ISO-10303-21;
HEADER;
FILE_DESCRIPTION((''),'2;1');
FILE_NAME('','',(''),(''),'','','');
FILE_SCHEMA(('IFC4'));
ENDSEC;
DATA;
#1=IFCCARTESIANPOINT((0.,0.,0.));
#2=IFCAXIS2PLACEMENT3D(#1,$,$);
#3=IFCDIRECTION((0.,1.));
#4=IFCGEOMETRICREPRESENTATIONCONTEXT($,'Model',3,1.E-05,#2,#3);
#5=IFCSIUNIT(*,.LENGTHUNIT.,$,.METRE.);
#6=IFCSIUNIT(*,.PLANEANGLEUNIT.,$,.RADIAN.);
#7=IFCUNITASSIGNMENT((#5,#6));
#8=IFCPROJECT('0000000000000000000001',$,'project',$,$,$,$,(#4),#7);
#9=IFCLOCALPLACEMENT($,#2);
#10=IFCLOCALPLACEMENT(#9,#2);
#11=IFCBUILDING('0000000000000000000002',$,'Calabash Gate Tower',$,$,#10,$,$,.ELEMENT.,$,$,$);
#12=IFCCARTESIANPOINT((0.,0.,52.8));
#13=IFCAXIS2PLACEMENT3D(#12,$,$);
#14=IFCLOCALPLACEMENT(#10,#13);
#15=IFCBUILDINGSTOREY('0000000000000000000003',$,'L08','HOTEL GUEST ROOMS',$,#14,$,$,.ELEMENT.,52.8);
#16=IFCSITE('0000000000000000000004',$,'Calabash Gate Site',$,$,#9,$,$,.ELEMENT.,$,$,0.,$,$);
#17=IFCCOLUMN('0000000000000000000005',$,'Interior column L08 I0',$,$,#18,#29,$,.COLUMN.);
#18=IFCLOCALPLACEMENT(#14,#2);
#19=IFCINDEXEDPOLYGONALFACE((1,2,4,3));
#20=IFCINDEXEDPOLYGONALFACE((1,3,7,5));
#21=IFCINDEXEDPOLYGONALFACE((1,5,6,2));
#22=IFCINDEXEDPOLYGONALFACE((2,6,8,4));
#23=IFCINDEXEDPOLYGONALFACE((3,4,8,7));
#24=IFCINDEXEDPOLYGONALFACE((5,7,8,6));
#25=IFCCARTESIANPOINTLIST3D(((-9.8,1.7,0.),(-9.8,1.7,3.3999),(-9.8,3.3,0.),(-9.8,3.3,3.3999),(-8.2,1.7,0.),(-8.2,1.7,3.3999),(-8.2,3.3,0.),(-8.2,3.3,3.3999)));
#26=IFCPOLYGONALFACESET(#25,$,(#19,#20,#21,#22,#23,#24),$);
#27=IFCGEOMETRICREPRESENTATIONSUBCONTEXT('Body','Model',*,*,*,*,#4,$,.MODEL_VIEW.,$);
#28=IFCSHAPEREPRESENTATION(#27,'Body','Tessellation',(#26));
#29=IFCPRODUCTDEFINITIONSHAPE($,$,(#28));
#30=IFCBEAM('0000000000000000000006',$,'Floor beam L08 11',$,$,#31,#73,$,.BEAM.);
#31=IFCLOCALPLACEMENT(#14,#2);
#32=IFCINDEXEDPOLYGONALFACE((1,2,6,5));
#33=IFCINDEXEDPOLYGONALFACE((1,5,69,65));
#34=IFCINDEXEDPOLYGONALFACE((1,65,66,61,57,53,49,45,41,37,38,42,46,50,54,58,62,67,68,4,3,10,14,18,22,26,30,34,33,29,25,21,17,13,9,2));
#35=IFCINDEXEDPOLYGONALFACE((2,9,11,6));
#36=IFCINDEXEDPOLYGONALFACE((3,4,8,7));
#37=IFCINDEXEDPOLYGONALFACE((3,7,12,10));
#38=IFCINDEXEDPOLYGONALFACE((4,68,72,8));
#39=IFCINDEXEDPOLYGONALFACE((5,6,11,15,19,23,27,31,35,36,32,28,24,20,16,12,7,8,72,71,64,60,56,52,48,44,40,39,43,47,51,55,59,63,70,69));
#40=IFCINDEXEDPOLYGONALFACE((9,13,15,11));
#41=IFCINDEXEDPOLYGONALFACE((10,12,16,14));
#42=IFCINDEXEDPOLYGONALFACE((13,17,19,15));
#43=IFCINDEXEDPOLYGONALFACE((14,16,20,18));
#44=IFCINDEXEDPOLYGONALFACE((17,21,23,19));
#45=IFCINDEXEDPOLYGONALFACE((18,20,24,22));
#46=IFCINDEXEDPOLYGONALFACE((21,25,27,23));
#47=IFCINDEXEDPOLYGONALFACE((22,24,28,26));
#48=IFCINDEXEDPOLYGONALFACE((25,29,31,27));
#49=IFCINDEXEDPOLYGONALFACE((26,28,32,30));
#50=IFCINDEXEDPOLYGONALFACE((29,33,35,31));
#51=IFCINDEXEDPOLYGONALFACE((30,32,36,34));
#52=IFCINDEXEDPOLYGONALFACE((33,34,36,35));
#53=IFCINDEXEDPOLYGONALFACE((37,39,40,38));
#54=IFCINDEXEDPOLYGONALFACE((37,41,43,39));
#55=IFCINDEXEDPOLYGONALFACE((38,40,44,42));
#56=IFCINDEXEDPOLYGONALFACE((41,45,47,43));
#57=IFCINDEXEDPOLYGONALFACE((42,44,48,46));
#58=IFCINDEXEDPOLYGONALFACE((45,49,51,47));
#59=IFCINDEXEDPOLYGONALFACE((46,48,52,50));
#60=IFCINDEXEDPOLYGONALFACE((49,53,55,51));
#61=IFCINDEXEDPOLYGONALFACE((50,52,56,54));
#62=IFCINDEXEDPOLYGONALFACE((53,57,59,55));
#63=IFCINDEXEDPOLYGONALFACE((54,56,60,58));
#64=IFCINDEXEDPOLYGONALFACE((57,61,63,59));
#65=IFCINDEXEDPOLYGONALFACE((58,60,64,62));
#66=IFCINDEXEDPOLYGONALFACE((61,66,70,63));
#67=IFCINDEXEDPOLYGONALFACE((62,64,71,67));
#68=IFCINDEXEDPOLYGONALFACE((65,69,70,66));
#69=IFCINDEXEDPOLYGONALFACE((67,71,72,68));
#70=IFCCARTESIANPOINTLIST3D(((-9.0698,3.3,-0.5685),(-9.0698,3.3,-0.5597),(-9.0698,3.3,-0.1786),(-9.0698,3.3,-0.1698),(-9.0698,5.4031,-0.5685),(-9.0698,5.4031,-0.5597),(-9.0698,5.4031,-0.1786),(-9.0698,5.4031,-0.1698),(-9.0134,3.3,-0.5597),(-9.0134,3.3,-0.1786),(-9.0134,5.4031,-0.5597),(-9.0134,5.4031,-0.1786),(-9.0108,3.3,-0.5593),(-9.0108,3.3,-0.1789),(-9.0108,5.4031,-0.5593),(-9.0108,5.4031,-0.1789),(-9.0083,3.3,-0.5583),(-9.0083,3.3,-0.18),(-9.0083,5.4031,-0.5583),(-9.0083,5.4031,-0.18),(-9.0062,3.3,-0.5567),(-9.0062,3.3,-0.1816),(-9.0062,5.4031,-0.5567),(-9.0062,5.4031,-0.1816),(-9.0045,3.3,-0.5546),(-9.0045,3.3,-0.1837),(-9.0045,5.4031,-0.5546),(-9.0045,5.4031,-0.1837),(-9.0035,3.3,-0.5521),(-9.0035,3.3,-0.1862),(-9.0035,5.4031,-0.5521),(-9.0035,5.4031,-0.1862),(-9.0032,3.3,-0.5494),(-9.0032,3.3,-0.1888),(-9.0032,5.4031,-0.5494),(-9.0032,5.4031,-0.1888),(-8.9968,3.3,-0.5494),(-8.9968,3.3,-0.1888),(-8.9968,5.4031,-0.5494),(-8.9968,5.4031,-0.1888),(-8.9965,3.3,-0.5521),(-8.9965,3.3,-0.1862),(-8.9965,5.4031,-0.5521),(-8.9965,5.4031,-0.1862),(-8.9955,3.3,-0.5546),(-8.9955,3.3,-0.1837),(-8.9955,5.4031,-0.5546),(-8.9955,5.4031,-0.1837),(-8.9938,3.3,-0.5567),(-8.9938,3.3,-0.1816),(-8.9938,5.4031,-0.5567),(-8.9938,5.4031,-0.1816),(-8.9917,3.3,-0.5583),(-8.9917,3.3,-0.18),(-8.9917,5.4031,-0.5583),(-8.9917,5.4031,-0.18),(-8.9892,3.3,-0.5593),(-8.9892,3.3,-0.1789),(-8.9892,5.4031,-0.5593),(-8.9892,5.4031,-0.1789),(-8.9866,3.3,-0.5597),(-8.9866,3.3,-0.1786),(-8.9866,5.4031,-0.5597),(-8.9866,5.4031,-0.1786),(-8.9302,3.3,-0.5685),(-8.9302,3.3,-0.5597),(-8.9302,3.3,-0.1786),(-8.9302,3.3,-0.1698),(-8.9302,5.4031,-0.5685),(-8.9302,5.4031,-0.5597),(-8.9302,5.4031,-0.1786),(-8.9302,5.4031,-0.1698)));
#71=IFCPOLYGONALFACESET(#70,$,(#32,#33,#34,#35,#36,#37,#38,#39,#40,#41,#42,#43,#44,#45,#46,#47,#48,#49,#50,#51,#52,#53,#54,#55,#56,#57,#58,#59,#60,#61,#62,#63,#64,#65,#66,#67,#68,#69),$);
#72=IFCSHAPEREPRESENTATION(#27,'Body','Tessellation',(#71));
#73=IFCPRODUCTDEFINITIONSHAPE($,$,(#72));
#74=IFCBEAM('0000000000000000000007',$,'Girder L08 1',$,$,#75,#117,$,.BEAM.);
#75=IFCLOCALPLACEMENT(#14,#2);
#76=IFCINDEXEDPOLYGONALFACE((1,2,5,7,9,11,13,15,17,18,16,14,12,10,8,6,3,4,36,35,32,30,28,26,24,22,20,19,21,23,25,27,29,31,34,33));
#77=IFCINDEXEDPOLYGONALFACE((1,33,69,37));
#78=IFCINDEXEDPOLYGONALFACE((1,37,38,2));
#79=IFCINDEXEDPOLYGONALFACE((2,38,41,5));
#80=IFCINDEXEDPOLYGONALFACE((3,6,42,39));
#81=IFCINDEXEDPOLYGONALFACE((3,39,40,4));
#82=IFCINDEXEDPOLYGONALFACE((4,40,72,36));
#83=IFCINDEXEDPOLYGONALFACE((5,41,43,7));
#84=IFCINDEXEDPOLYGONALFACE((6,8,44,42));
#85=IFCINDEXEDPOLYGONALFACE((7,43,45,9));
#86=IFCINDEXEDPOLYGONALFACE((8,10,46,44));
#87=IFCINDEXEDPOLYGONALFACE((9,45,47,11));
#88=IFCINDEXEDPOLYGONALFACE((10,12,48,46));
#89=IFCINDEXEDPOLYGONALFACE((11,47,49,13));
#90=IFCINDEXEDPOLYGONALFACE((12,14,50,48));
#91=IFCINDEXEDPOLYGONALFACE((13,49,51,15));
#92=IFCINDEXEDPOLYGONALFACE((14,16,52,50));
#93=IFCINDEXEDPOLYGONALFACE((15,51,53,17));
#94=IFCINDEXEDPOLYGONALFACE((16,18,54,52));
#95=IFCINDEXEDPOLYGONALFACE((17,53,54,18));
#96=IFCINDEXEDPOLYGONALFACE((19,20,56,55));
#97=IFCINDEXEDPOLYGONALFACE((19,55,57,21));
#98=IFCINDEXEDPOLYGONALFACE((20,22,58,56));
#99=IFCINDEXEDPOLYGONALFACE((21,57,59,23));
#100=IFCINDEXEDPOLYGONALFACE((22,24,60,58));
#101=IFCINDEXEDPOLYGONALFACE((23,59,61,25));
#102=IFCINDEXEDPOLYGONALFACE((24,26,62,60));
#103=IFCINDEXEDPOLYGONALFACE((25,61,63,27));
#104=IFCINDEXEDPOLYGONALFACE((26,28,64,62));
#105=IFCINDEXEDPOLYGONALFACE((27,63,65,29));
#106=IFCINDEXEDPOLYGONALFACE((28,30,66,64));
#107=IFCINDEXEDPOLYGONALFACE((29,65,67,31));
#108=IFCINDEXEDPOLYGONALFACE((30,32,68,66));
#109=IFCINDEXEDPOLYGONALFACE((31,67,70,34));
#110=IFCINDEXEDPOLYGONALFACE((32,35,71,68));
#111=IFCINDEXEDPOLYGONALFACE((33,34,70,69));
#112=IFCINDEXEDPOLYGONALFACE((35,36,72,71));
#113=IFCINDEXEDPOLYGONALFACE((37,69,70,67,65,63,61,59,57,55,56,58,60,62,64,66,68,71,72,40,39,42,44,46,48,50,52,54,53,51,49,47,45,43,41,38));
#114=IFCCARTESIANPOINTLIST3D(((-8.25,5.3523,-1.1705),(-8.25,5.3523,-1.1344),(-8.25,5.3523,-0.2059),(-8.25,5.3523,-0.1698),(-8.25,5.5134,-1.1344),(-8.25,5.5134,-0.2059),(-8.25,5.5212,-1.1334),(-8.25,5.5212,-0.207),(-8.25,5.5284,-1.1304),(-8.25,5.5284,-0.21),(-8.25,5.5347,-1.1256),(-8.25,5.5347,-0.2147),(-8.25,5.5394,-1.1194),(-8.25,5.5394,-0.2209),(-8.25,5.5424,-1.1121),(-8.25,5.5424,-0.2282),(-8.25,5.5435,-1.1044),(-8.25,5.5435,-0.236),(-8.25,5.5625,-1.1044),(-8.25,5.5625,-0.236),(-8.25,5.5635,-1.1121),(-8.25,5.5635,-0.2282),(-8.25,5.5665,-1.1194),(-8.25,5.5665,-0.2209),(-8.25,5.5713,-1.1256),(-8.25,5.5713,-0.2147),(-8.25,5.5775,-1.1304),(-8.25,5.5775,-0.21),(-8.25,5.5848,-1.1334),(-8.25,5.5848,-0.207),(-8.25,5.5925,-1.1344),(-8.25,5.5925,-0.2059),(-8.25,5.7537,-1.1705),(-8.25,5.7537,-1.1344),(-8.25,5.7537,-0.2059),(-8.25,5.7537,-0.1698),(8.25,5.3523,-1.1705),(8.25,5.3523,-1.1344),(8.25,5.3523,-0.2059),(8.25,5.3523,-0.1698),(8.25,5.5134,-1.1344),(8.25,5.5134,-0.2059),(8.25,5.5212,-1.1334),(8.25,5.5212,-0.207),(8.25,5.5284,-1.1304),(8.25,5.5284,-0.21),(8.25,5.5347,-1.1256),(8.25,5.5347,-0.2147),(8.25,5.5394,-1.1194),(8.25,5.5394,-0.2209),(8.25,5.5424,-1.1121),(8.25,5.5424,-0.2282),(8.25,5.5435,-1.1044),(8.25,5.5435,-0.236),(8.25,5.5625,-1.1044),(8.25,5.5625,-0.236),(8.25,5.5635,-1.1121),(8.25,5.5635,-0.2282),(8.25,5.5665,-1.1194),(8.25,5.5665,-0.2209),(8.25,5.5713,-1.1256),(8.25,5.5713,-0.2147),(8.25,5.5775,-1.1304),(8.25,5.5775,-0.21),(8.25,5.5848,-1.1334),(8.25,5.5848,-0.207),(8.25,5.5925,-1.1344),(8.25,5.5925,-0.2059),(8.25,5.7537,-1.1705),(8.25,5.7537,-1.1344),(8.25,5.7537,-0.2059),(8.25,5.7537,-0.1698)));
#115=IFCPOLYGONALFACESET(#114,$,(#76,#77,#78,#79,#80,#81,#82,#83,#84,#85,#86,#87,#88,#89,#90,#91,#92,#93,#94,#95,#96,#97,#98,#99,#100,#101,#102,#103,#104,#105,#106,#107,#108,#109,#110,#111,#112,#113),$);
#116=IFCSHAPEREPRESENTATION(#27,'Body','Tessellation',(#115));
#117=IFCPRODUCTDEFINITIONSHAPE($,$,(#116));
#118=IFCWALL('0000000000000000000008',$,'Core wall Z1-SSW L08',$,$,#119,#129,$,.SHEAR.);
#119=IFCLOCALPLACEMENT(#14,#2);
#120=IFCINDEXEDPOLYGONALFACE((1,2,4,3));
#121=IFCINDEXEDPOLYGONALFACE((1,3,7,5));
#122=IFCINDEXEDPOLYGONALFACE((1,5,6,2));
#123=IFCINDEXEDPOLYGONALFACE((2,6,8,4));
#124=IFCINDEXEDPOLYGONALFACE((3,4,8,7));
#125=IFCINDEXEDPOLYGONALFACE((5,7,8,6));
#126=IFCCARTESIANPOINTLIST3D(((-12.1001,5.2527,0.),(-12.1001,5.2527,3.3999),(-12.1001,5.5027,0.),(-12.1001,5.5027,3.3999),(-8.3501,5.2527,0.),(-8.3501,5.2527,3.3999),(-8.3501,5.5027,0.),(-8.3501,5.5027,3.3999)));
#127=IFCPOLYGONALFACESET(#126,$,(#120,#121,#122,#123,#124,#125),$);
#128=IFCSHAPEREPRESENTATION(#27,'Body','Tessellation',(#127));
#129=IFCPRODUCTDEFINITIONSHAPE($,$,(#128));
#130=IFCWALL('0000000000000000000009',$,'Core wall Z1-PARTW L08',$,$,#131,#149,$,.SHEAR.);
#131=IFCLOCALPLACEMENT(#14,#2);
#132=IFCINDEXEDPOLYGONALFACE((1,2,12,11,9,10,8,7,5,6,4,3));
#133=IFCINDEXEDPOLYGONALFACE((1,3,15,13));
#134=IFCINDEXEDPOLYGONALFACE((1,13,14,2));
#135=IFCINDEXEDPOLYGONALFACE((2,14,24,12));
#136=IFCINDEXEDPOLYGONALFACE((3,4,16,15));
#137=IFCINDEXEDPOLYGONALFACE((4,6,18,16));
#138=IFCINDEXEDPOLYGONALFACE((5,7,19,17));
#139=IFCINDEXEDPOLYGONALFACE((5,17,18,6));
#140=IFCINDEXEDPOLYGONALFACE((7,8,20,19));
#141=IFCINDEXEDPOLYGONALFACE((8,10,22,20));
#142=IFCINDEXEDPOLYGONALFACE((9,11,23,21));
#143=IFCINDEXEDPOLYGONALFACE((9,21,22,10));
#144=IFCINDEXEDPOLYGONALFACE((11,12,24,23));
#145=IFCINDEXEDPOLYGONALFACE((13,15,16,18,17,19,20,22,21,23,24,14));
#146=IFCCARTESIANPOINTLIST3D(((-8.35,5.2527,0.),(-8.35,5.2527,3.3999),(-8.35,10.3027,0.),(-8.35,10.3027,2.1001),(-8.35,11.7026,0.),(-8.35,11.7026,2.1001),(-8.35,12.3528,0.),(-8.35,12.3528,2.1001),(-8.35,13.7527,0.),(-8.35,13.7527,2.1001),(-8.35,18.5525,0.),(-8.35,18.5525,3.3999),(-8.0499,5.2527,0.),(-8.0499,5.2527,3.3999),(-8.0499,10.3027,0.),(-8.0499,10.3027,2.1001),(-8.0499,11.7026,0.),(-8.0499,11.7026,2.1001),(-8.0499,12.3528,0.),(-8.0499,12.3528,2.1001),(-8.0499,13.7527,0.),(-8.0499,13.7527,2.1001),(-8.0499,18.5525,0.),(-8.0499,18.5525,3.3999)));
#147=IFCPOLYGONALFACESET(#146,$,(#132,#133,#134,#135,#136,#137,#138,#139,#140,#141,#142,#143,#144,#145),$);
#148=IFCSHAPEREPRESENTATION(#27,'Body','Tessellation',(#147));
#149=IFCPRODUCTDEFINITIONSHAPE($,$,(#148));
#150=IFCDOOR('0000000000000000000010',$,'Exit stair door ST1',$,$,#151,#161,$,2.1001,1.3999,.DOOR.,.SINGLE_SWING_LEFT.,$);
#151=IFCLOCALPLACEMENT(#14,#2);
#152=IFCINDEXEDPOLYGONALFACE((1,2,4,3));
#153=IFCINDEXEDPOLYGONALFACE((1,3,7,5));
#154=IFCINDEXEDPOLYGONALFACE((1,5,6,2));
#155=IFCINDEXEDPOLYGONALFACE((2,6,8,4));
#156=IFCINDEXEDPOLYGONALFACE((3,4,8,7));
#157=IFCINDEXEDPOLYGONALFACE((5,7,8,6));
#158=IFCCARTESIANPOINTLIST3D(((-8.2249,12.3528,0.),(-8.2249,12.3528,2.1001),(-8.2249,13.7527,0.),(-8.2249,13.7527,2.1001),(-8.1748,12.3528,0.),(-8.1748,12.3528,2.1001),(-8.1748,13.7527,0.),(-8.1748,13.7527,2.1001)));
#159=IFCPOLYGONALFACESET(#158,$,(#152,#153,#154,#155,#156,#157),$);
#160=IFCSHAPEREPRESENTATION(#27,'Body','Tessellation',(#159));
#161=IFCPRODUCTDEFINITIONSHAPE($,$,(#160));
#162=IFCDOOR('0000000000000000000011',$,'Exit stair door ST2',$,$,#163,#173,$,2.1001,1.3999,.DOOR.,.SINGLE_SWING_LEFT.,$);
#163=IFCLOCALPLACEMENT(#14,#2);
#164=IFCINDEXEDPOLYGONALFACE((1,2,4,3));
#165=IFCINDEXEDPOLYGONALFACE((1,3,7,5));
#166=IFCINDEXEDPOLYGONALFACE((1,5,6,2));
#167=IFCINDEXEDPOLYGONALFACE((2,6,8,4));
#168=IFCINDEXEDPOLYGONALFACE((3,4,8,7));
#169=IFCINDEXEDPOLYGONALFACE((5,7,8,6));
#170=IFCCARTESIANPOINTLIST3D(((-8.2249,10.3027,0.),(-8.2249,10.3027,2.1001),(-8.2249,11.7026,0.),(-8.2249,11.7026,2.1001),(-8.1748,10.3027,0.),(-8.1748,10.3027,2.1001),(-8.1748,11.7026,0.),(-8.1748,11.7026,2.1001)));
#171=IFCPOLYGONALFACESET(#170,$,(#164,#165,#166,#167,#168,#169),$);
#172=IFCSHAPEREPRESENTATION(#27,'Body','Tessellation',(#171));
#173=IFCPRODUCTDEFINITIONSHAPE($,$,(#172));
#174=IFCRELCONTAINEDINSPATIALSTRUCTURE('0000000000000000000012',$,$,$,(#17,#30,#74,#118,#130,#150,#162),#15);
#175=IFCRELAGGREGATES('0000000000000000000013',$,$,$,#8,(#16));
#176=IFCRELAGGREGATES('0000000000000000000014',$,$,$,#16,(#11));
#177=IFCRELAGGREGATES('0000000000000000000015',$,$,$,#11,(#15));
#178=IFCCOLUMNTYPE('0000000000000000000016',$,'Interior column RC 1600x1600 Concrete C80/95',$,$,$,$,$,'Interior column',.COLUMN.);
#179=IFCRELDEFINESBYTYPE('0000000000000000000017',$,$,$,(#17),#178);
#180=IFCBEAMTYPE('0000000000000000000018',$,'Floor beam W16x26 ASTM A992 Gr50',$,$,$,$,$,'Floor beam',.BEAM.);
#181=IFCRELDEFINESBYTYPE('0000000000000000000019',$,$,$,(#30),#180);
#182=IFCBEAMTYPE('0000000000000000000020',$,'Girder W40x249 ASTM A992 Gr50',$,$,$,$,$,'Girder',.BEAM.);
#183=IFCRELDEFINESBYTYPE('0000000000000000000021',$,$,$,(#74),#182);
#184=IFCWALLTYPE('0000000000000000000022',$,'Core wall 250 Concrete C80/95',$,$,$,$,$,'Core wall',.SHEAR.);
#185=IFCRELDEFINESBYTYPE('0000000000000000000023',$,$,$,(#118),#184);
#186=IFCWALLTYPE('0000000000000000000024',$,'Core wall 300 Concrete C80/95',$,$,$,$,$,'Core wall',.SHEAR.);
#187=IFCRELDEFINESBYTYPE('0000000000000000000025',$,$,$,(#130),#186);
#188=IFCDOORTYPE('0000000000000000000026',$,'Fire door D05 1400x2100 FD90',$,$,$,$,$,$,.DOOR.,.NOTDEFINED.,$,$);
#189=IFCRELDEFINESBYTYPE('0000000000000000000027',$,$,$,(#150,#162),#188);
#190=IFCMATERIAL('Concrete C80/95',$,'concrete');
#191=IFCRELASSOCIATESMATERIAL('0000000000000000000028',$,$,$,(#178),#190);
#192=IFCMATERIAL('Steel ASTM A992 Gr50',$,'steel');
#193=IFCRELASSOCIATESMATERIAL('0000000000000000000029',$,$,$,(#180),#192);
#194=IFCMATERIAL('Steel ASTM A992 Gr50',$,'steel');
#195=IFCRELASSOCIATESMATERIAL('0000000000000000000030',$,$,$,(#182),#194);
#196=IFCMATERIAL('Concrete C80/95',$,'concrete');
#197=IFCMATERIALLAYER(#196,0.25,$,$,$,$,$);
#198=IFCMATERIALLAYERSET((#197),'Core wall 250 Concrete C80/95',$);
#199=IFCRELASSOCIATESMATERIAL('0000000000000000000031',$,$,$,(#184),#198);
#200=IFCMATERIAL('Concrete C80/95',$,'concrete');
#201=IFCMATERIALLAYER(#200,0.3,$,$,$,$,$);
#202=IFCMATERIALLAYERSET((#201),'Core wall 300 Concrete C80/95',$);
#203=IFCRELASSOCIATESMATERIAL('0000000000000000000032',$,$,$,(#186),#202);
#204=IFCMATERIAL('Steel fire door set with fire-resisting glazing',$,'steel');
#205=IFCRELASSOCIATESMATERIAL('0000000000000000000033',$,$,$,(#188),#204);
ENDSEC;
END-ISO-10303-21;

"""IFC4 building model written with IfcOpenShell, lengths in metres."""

from ifc_helpers import new_model, si_unit, direction, frame, frame_2d, origin, origin_2d, place, context, subcontext, project, spatial, rectangle, i_section, extrude, material, layer, layer_set, material_profile, profile_set, type_object, element, fill, save


model = new_model("IFC4")

# Units and contexts
model_context = context("Model", 3, precision=1e-05, world=origin(), true_north=direction((0.0, 1.0)))
body_context = subcontext(model_context, "Body", "Model", "MODEL_VIEW")
ifc_project = project(units=[si_unit("LENGTHUNIT", "METRE"), si_unit("PLANEANGLEUNIT", "RADIAN")], contexts=[model_context])

# Site, building, storey
site_placement = place(None, origin())
site = spatial("IfcSite", under=ifc_project, at=site_placement, Name="Calabash Gate Site", CompositionType="ELEMENT", RefElevation=0.0)
building_placement = place(site_placement, origin())
building = spatial("IfcBuilding", under=site, at=building_placement, Name="Calabash Gate Tower", CompositionType="ELEMENT")
storey_placement = place(building_placement, frame((0.0, 0.0, 52.8)))
storey = spatial("IfcBuildingStorey", under=building, at=storey_placement, Name="L08", Description="HOTEL GUEST ROOMS", CompositionType="ELEMENT", Elevation=52.8)

# Column
ifc_material_1 = material(Name="Concrete C80/95", Category="concrete")
ifc_material_profile_1 = material_profile(ifc_material_1, rectangle(XDim=1.6001, YDim=1.6001, at=origin_2d()))
ifc_profile_set_1 = profile_set([ifc_material_profile_1], Name="Concrete C80/95")
column_type = type_object("IfcColumnType", Name="Interior column RC 1600x1600 Concrete C80/95", ElementType="Interior column", PredefinedType="COLUMN", material=ifc_profile_set_1)
column_placement = place(storey_placement, frame((-9.0, 2.5, 0.0), z_axis=(0.0, 0.0, 1.0), x_axis=(1.0, 0.0, 0.0)))
element("IfcColumn", 1, at=column_placement, inside=storey, type_object=column_type, Name="Interior column L08 I0", PredefinedType="COLUMN", context=body_context, shape_type="SweptSolid", body=[
    extrude(rectangle(XDim=1.6001, YDim=1.6001, at=origin_2d()), origin(), (0.0, 0.0, 1.0), 3.3999),
])

# Beams
ifc_material_2 = material(Name="Steel ASTM A992 Gr50", Category="steel")
ifc_material_profile_2 = material_profile(ifc_material_2, i_section(OverallWidth=0.1396, OverallDepth=0.3987, WebThickness=0.0063, FlangeThickness=0.0088, FilletRadius=0.0103, at=origin_2d()))
ifc_profile_set_2 = profile_set([ifc_material_profile_2], Name="Steel ASTM A992 Gr50")
beam_type_1 = type_object("IfcBeamType", Name="Floor beam W16x26 ASTM A992 Gr50", ElementType="Floor beam", PredefinedType="BEAM", material=ifc_profile_set_2)
beam_1_placement = place(storey_placement, frame((-9.0, 3.3, -0.3691), z_axis=(0.0, 1.0, 0.0), x_axis=(-1.0, 0.0, 0.0)))
element("IfcBeam", 2, at=beam_1_placement, inside=storey, type_object=beam_type_1, Name="Floor beam L08 11", PredefinedType="BEAM", context=body_context, shape_type="SweptSolid", body=[
    extrude(i_section(OverallWidth=0.1396, OverallDepth=0.3987, WebThickness=0.0063, FlangeThickness=0.0088, FilletRadius=0.0103, at=origin_2d()), origin(), (0.0, 0.0, 1.0), 2.103),
])
ifc_material_3 = material(Name="Steel ASTM A992 Gr50", Category="steel")
ifc_material_profile_3 = material_profile(ifc_material_3, i_section(OverallWidth=0.4014, OverallDepth=1.0007, WebThickness=0.019, FlangeThickness=0.0361, FilletRadius=0.03, at=origin_2d()))
ifc_profile_set_3 = profile_set([ifc_material_profile_3], Name="Steel ASTM A992 Gr50")
beam_type_2 = type_object("IfcBeamType", Name="Girder W40x249 ASTM A992 Gr50", ElementType="Girder", PredefinedType="BEAM", material=ifc_profile_set_3)
beam_2_placement = place(storey_placement, frame((-8.25, 5.553, -0.6702), z_axis=(1.0, 0.0, 0.0), x_axis=(0.0, 1.0, 0.0)))
element("IfcBeam", 3, at=beam_2_placement, inside=storey, type_object=beam_type_2, Name="Girder L08 1", PredefinedType="BEAM", context=body_context, shape_type="SweptSolid", body=[
    extrude(i_section(OverallWidth=0.4014, OverallDepth=1.0007, WebThickness=0.019, FlangeThickness=0.0361, FilletRadius=0.03, at=origin_2d()), origin(), (0.0, 0.0, 1.0), 16.5),
])

# Wall
ifc_material_4 = material(Name="Concrete C80/95", Category="concrete")
ifc_layer_1 = layer(ifc_material_4, 0.25)
ifc_layer_set_1 = layer_set([ifc_layer_1], Name="Core wall 250 Concrete C80/95")
wall_type_1 = type_object("IfcWallType", Name="Core wall 250 Concrete C80/95", ElementType="Core wall", PredefinedType="SHEAR", material=ifc_layer_set_1)
wall_1_placement = place(storey_placement, frame((-12.1001, 5.3777, 0.0), z_axis=(0.0, 0.0, 1.0), x_axis=(1.0, 0.0, 0.0)))
element("IfcWall", 4, at=wall_1_placement, inside=storey, type_object=wall_type_1, Name="Core wall Z1-SSW L08", PredefinedType="SHEAR", context=body_context, shape_type="SweptSolid", body=[
    extrude(rectangle(XDim=3.75, YDim=0.25, at=frame_2d((1.875, 0.0))), origin(), (0.0, 0.0, 1.0), 3.3999),
])

# Wall, openings, doors
ifc_material_5 = material(Name="Concrete C80/95", Category="concrete")
ifc_layer_2 = layer(ifc_material_5, 0.3)
ifc_layer_set_2 = layer_set([ifc_layer_2], Name="Core wall 300 Concrete C80/95")
wall_type_2 = type_object("IfcWallType", Name="Core wall 300 Concrete C80/95", ElementType="Core wall", PredefinedType="SHEAR", material=ifc_layer_set_2)
wall_2_placement = place(storey_placement, frame((-8.2, 5.2527, 0.0), z_axis=(0.0, 0.0, 1.0), x_axis=(0.0, 1.0, 0.0)))
wall_2 = element("IfcWall", 5, at=wall_2_placement, inside=storey, type_object=wall_type_2, Name="Core wall Z1-PARTW L08", PredefinedType="SHEAR", context=body_context, shape_type="SweptSolid", body=[
    extrude(rectangle(XDim=13.2998, YDim=0.3, at=frame_2d((6.6499, 0.0))), origin(), (0.0, 0.0, 1.0), 3.3999),
])
opening_1_placement = place(wall_2_placement, frame((7.1001, 0.0, 0.0)))
opening_1 = element("IfcOpeningElement", 6, at=opening_1_placement, cuts=wall_2, PredefinedType="OPENING", context=body_context, shape_type="SweptSolid", body=[
    extrude(rectangle(XDim=1.3999, YDim=2.1001, at=frame_2d((0.7, 1.05))), frame((0.0, 0.1599, 0.0), z_axis=(0.0, -1.0, 0.0), x_axis=(1.0, 0.0, 0.0)), (0.0, 0.0, 1.0), 0.3201),
])
opening_2_placement = place(wall_2_placement, frame((5.05, 0.0, 0.0)))
opening_2 = element("IfcOpeningElement", 7, at=opening_2_placement, cuts=wall_2, PredefinedType="OPENING", context=body_context, shape_type="SweptSolid", body=[
    extrude(rectangle(XDim=1.3999, YDim=2.1001, at=frame_2d((0.7, 1.05))), frame((0.0, 0.1599, 0.0), z_axis=(0.0, -1.0, 0.0), x_axis=(1.0, 0.0, 0.0)), (0.0, 0.0, 1.0), 0.3201),
])
ifc_material_6 = material(Name="Steel fire door set with fire-resisting glazing", Category="steel")
door_type_1 = type_object("IfcDoorType", Name="Fire door D05 1400x2100 FD90", OperationType="NOTDEFINED", PredefinedType="DOOR", material=ifc_material_6)
door_1_placement = place(opening_1_placement, origin())
door_1 = element("IfcDoor", 8, at=door_1_placement, inside=storey, type_object=door_type_1, Name="Exit stair door ST1", OperationType="SINGLE_SWING_LEFT", OverallHeight=2.1001, OverallWidth=1.3999, PredefinedType="DOOR", context=body_context, shape_type="SweptSolid", body=[
    extrude(rectangle(XDim=1.3999, YDim=2.1001, at=frame_2d((0.7, 1.05))), frame((0.0, 0.0249, 0.0), z_axis=(0.0, -1.0, 0.0), x_axis=(1.0, 0.0, 0.0)), (0.0, 0.0, 1.0), 0.05),
])
fill(opening_1, door_1)
door_2_placement = place(opening_2_placement, origin())
door_2 = element("IfcDoor", 9, at=door_2_placement, inside=storey, type_object=door_type_1, Name="Exit stair door ST2", OperationType="SINGLE_SWING_LEFT", OverallHeight=2.1001, OverallWidth=1.3999, PredefinedType="DOOR", context=body_context, shape_type="SweptSolid", body=[
    extrude(rectangle(XDim=1.3999, YDim=2.1001, at=frame_2d((0.7, 1.05))), frame((0.0, 0.0249, 0.0), z_axis=(0.0, -1.0, 0.0), x_axis=(1.0, 0.0, 0.0)), (0.0, 0.0, 1.0), 0.05),
])
fill(opening_2, door_2)

save(model, "model.ifc")
